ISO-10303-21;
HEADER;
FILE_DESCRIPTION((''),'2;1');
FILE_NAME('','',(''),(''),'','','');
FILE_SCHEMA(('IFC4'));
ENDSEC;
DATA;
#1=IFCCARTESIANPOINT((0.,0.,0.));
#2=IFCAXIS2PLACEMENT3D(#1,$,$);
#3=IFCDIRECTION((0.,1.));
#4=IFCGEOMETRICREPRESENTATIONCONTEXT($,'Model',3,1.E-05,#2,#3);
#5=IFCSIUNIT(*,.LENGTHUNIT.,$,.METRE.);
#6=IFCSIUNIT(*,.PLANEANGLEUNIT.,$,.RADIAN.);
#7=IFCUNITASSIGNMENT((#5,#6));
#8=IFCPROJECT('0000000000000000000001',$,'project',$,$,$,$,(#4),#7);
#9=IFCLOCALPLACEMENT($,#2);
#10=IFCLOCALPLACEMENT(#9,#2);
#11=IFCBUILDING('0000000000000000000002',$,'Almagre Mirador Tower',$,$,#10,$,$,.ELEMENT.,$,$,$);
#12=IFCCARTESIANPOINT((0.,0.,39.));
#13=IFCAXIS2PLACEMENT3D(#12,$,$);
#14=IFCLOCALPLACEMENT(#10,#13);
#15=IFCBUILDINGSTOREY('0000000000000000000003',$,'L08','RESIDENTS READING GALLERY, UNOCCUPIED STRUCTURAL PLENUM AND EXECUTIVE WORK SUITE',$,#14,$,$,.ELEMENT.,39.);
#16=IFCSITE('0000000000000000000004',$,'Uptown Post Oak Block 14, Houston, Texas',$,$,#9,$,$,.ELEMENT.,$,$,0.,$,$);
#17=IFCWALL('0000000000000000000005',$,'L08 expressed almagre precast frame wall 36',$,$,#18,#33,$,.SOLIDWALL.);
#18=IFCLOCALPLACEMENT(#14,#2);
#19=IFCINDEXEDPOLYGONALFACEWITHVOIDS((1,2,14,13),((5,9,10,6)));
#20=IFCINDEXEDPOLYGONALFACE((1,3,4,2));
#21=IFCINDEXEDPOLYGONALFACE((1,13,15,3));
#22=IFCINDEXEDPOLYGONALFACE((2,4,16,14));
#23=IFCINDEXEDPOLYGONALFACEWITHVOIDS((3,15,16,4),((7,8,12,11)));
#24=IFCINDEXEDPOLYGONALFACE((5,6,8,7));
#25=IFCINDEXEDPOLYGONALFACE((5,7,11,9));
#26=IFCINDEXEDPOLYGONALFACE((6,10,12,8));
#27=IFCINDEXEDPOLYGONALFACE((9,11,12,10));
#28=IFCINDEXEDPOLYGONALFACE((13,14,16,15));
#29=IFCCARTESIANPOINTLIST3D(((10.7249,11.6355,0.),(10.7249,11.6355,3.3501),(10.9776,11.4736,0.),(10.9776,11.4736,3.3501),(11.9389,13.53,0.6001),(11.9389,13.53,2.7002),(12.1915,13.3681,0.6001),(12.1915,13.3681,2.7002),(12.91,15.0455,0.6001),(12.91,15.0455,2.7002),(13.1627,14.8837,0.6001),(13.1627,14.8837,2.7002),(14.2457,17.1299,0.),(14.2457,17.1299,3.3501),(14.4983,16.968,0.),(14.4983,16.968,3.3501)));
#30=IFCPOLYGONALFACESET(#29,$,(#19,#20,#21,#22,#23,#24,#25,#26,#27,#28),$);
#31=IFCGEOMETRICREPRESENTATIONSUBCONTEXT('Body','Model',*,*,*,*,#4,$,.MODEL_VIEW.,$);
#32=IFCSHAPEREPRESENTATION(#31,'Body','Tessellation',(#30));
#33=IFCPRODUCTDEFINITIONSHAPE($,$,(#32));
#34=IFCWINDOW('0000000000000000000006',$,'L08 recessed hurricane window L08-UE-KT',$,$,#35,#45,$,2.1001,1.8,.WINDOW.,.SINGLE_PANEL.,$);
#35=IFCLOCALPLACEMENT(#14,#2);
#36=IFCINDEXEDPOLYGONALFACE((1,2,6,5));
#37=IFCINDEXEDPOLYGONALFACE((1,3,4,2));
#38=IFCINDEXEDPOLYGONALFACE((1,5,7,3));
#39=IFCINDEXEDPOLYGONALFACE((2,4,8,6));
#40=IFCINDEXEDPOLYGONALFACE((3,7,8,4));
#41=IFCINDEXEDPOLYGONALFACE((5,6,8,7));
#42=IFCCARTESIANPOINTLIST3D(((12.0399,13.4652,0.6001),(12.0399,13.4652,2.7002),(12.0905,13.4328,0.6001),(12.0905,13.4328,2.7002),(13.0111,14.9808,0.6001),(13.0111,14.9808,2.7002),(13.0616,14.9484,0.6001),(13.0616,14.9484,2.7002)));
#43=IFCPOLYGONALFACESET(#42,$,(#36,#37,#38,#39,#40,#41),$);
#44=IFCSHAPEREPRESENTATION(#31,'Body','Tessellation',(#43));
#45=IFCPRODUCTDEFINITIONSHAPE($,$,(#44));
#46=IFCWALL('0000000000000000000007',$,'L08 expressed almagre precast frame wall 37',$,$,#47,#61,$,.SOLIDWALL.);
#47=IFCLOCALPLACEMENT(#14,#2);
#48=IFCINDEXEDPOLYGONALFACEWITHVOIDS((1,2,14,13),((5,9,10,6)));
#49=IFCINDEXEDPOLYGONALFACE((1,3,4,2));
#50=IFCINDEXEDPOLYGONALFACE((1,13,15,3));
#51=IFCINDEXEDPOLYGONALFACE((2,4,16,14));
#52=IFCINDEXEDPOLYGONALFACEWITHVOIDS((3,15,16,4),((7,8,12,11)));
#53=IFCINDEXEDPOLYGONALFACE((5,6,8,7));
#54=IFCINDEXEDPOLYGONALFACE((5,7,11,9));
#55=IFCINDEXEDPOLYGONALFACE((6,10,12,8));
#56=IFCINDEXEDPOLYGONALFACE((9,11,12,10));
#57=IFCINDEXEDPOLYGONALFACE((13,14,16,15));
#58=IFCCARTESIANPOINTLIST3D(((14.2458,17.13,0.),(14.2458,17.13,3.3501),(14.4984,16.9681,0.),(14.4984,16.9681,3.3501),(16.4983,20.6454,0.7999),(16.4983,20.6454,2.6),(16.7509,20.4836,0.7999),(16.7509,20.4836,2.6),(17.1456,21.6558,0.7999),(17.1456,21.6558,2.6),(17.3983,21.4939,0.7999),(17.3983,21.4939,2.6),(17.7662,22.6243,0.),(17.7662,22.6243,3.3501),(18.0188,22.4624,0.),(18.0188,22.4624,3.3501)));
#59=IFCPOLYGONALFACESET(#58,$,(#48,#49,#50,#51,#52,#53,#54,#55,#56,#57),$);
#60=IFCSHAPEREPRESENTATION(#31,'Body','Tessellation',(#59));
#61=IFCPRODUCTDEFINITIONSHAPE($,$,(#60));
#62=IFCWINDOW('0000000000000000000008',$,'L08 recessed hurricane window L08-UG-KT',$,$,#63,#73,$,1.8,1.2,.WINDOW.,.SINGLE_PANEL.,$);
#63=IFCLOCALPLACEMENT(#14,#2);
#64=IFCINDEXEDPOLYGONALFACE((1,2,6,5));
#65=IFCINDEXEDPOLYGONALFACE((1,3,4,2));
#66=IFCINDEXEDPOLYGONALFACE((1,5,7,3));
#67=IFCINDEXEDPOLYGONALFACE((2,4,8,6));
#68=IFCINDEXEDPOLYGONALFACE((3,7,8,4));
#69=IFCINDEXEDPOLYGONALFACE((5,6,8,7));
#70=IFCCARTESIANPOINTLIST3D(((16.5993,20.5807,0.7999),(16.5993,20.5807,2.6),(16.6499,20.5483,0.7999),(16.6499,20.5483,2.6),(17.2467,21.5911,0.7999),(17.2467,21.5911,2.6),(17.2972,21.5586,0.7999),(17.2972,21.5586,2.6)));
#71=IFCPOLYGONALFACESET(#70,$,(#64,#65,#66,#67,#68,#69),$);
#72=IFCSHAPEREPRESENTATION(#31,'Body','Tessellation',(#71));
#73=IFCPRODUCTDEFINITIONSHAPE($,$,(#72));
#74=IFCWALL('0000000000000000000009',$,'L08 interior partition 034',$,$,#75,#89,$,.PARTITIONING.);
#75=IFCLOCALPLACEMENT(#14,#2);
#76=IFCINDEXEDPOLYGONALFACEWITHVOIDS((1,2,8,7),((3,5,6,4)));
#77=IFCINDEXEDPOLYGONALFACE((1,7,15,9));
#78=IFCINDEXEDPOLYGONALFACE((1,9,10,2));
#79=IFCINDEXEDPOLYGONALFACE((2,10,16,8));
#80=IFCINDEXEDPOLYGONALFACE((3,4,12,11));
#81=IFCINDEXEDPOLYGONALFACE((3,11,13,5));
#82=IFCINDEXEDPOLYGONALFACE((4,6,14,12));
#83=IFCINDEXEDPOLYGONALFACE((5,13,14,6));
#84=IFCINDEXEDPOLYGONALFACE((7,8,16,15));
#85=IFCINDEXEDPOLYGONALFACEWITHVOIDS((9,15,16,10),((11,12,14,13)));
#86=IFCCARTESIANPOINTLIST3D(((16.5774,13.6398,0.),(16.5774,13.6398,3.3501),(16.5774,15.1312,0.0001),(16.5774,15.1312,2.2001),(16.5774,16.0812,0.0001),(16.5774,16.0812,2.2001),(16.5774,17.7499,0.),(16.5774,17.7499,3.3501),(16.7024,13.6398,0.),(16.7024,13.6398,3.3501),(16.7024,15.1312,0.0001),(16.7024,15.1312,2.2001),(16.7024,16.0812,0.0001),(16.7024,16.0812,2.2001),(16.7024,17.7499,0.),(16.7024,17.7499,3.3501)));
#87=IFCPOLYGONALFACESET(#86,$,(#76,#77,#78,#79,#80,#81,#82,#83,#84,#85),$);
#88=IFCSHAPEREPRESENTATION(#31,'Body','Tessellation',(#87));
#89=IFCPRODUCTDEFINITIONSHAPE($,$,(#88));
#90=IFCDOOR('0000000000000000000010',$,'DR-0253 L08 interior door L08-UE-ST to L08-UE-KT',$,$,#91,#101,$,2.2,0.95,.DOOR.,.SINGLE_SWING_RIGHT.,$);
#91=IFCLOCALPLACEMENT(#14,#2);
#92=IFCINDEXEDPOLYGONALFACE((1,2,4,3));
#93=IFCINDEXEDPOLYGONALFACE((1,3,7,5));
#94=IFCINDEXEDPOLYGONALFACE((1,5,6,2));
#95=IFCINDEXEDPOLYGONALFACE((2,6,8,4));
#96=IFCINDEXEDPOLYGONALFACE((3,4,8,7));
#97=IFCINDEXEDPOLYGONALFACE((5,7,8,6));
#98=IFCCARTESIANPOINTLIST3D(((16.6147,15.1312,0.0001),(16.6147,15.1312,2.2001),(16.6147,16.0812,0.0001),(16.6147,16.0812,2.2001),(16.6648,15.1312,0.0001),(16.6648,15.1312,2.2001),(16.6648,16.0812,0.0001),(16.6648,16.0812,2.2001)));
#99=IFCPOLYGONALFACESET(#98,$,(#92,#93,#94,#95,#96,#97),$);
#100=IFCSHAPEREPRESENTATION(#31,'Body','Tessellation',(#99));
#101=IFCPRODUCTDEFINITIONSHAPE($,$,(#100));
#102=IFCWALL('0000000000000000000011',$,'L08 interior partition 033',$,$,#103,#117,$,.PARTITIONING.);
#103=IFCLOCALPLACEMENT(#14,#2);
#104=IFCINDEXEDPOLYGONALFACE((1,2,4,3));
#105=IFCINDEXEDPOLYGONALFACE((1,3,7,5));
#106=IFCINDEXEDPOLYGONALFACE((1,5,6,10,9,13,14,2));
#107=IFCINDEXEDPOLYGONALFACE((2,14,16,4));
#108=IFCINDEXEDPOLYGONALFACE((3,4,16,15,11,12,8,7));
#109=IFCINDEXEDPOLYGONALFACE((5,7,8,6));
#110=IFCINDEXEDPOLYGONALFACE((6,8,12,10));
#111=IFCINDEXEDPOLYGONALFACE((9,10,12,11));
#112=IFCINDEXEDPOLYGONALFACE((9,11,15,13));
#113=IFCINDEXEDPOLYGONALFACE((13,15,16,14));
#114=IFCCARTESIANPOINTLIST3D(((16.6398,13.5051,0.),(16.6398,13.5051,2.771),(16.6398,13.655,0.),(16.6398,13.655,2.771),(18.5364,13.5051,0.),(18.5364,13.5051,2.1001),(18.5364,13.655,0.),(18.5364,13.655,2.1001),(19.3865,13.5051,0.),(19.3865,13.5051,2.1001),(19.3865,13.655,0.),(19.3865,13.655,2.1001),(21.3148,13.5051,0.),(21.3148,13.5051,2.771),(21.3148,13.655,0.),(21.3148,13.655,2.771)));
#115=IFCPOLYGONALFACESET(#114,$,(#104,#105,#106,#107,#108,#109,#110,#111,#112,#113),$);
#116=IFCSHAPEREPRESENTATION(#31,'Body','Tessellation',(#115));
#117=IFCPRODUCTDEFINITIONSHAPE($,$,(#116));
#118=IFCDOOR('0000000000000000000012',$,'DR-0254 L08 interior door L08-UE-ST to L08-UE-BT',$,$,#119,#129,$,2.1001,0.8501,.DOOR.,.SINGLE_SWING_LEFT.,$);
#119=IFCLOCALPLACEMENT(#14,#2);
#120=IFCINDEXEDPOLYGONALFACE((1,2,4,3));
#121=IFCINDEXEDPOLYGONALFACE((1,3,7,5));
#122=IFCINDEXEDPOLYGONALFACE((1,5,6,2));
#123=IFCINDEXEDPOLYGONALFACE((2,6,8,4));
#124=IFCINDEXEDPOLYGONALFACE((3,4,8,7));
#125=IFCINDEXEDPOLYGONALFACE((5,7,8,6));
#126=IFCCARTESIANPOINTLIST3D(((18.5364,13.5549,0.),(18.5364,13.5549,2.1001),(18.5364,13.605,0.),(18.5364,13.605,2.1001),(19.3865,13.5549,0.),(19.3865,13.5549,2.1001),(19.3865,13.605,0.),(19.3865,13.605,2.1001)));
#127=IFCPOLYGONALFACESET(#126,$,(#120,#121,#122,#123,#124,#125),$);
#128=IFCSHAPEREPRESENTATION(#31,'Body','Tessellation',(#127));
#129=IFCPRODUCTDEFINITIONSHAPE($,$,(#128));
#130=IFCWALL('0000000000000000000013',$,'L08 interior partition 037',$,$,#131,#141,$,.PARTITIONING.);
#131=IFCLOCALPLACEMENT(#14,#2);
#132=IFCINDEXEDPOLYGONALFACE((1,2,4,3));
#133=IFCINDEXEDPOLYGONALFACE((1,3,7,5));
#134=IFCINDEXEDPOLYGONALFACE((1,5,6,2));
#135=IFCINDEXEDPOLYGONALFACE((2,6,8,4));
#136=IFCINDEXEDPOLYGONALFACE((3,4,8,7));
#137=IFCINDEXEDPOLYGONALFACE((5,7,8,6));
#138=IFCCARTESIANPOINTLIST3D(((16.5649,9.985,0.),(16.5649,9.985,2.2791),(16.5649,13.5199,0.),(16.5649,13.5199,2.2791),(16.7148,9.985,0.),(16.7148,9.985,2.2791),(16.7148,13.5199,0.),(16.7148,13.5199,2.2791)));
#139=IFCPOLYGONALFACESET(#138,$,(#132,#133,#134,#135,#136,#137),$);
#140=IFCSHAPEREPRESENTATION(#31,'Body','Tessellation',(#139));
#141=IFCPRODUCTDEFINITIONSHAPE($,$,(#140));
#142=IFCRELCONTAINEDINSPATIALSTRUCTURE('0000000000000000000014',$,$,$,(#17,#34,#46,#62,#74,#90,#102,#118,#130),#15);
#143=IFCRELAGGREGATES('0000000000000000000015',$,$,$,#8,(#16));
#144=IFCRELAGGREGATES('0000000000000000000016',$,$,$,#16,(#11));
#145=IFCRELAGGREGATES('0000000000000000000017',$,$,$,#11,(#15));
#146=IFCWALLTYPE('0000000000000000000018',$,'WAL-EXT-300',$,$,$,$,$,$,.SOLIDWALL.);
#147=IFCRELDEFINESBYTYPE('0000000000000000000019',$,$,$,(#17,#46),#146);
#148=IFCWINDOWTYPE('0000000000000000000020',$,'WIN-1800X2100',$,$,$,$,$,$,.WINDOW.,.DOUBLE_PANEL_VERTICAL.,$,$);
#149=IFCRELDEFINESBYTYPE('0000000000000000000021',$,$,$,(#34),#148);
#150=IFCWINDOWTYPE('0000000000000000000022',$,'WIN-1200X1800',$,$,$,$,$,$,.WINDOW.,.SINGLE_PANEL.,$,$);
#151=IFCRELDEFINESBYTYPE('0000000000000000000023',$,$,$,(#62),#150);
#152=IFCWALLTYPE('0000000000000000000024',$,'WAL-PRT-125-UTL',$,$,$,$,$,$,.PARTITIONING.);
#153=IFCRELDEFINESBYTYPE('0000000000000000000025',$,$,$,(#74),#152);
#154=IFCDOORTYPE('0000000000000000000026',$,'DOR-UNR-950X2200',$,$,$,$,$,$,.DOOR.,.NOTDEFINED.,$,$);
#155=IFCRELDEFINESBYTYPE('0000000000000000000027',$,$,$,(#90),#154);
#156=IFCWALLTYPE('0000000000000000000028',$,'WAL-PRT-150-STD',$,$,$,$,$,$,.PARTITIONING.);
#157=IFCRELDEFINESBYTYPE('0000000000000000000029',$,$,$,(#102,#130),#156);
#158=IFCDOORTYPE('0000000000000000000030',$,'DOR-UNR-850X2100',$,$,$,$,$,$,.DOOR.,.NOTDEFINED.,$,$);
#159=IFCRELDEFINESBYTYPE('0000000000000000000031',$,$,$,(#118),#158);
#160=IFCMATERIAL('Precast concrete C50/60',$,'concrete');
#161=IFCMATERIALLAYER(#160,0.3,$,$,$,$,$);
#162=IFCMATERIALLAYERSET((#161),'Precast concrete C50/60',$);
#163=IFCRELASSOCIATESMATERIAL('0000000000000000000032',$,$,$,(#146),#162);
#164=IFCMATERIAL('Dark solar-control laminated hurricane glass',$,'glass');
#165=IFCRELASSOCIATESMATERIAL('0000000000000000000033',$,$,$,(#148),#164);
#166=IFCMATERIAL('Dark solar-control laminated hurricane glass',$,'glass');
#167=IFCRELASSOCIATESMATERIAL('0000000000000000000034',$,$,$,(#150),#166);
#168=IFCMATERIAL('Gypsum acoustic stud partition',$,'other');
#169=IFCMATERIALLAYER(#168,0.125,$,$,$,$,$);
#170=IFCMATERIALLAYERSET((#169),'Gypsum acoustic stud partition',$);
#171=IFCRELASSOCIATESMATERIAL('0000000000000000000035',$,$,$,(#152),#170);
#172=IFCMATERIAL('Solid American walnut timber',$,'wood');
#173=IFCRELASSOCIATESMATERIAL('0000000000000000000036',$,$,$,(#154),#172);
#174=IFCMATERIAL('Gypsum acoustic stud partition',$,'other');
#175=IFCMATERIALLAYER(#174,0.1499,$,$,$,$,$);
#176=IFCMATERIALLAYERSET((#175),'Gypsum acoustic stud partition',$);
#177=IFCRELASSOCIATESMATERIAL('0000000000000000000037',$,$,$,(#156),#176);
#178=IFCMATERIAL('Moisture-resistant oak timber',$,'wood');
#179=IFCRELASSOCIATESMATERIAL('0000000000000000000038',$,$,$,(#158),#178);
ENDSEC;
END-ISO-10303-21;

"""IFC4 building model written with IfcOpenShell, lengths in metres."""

from ifc_helpers import new_model, si_unit, direction, frame, frame_2d, origin, place, context, subcontext, project, spatial, rectangle, extrude, material, layer, layer_set, type_object, element, fill, save


model = new_model("IFC4")

# Units and contexts
model_context = context("Model", 3, precision=1e-05, world=origin(), true_north=direction((0.0, 1.0)))
body_context = subcontext(model_context, "Body", "Model", "MODEL_VIEW")
ifc_project = project(units=[si_unit("LENGTHUNIT", "METRE"), si_unit("PLANEANGLEUNIT", "RADIAN")], contexts=[model_context])

# Site, building, storey
site_placement = place(None, origin())
site = spatial("IfcSite", under=ifc_project, at=site_placement, Name="Uptown Post Oak Block 14, Houston, Texas", CompositionType="ELEMENT", RefElevation=0.0)
building_placement = place(site_placement, origin())
building = spatial("IfcBuilding", under=site, at=building_placement, Name="Almagre Mirador Tower", CompositionType="ELEMENT")
storey_placement = place(building_placement, frame((0.0, 0.0, 39.0)))
storey = spatial("IfcBuildingStorey", under=building, at=storey_placement, Name="L08", Description="RESIDENTS READING GALLERY, UNOCCUPIED STRUCTURAL PLENUM AND EXECUTIVE WORK SUITE", CompositionType="ELEMENT", Elevation=39.0)

# Walls, openings, windows
ifc_material_1 = material(Name="Precast concrete C50/60", Category="concrete")
ifc_layer_1 = layer(ifc_material_1, 0.3)
ifc_layer_set_1 = layer_set([ifc_layer_1], Name="Precast concrete C50/60")
wall_type_1 = type_object("IfcWallType", Name="WAL-EXT-300", PredefinedType="SOLIDWALL", material=ifc_layer_set_1)
wall_1_placement = place(storey_placement, frame((10.8513, 11.5547, 0.0), z_axis=(0.0, 0.0, 1.0), x_axis=(0.539526, 0.841969, 0.0)))
wall_1 = element("IfcWall", 1, at=wall_1_placement, inside=storey, type_object=wall_type_1, Name="L08 expressed almagre precast frame wall 36", PredefinedType="SOLIDWALL", context=body_context, shape_type="SweptSolid", body=[
    extrude(rectangle(XDim=6.5256, YDim=0.3, at=frame_2d((3.2627, 0.0))), origin(), (0.0, 0.0, 1.0), 3.3501),
])
opening_1_placement = place(wall_1_placement, frame((2.25, 0.0, 0.6001)))
opening_1 = element("IfcOpeningElement", 2, at=opening_1_placement, cuts=wall_1, PredefinedType="OPENING", context=body_context, shape_type="SweptSolid", body=[
    extrude(rectangle(XDim=1.8, YDim=2.1001, at=frame_2d((0.8999, 1.05))), frame((0.0, 0.1599, 0.0), z_axis=(0.0, -1.0, 0.0), x_axis=(1.0, 0.0, 0.0)), (0.0, 0.0, 1.0), 0.32),
])
ifc_material_2 = material(Name="Dark solar-control laminated hurricane glass", Category="glass")
window_type_1 = type_object("IfcWindowType", Name="WIN-1800X2100", PartitioningType="DOUBLE_PANEL_VERTICAL", PredefinedType="WINDOW", material=ifc_material_2)
window_1_placement = place(opening_1_placement, origin())
window_1 = element("IfcWindow", 3, at=window_1_placement, inside=storey, type_object=window_type_1, Name="L08 recessed hurricane window L08-UE-KT", OverallHeight=2.1001, OverallWidth=1.8, PartitioningType="SINGLE_PANEL", PredefinedType="WINDOW", context=body_context, shape_type="SweptSolid", body=[
    extrude(rectangle(XDim=1.8, YDim=2.1001, at=frame_2d((0.8999, 1.05))), frame((0.0, 0.03, 0.0), z_axis=(0.0, -1.0, 0.0), x_axis=(1.0, 0.0, 0.0)), (0.0, 0.0, 1.0), 0.0601),
])
fill(opening_1, window_1)
wall_2_placement = place(storey_placement, frame((14.3721, 17.0491, 0.0), z_axis=(0.0, 0.0, 1.0), x_axis=(0.5395, 0.841986, 0.0)))
wall_2 = element("IfcWall", 4, at=wall_2_placement, inside=storey, type_object=wall_type_1, Name="L08 expressed almagre precast frame wall 37", PredefinedType="SOLIDWALL", context=body_context, shape_type="SweptSolid", body=[
    extrude(rectangle(XDim=6.5254, YDim=0.3, at=frame_2d((3.2627, 0.0))), origin(), (0.0, 0.0, 1.0), 3.3501),
])
opening_2_placement = place(wall_2_placement, frame((4.175, 0.0, 0.8)))
opening_2 = element("IfcOpeningElement", 5, at=opening_2_placement, cuts=wall_2, PredefinedType="OPENING", context=body_context, shape_type="SweptSolid", body=[
    extrude(rectangle(XDim=1.2, YDim=1.8, at=frame_2d((0.6001, 0.8999))), frame((0.0, 0.1599, 0.0), z_axis=(0.0, -1.0, 0.0), x_axis=(1.0, 0.0, 0.0)), (0.0, 0.0, 1.0), 0.32),
])
ifc_material_3 = material(Name="Dark solar-control laminated hurricane glass", Category="glass")
window_type_2 = type_object("IfcWindowType", Name="WIN-1200X1800", PartitioningType="SINGLE_PANEL", PredefinedType="WINDOW", material=ifc_material_3)
window_2_placement = place(opening_2_placement, origin())
window_2 = element("IfcWindow", 6, at=window_2_placement, inside=storey, type_object=window_type_2, Name="L08 recessed hurricane window L08-UG-KT", OverallHeight=1.8, OverallWidth=1.2, PartitioningType="SINGLE_PANEL", PredefinedType="WINDOW", context=body_context, shape_type="SweptSolid", body=[
    extrude(rectangle(XDim=1.2, YDim=1.8, at=frame_2d((0.6001, 0.8999))), frame((0.0, 0.03, 0.0), z_axis=(0.0, -1.0, 0.0), x_axis=(1.0, 0.0, 0.0)), (0.0, 0.0, 1.0), 0.0601),
])
fill(opening_2, window_2)

# Walls, openings, doors
ifc_material_4 = material(Name="Gypsum acoustic stud partition", Category="other")
ifc_layer_2 = layer(ifc_material_4, 0.125)
ifc_layer_set_2 = layer_set([ifc_layer_2], Name="Gypsum acoustic stud partition")
wall_type_2 = type_object("IfcWallType", Name="WAL-PRT-125-UTL", PredefinedType="PARTITIONING", material=ifc_layer_set_2)
wall_3_placement = place(storey_placement, frame((16.6399, 17.75, 0.0), z_axis=(0.0, 0.0, 1.0), x_axis=(0.0, -1.0, 0.0)))
wall_3 = element("IfcWall", 7, at=wall_3_placement, inside=storey, type_object=wall_type_2, Name="L08 interior partition 034", PredefinedType="PARTITIONING", context=body_context, shape_type="SweptSolid", body=[
    extrude(rectangle(XDim=4.1101, YDim=0.125, at=frame_2d((2.0552, 0.0))), origin(), (0.0, 0.0, 1.0), 3.3501),
])
opening_3_placement = place(wall_3_placement, frame((1.6687, 0.0, 0.0)))
opening_3 = element("IfcOpeningElement", 8, at=opening_3_placement, cuts=wall_3, PredefinedType="OPENING", context=body_context, shape_type="SweptSolid", body=[
    extrude(rectangle(XDim=0.95, YDim=2.2, at=frame_2d((0.4751, 1.1001))), frame((0.0, 0.0725, 0.0), z_axis=(0.0, -1.0, 0.0), x_axis=(1.0, 0.0, 0.0)), (0.0, 0.0, 1.0), 0.145),
])
ifc_material_5 = material(Name="Solid American walnut timber", Category="wood")
door_type_1 = type_object("IfcDoorType", Name="DOR-UNR-950X2200", OperationType="NOTDEFINED", PredefinedType="DOOR", material=ifc_material_5)
door_1_placement = place(opening_3_placement, origin())
door_1 = element("IfcDoor", 9, at=door_1_placement, inside=storey, type_object=door_type_1, Name="DR-0253 L08 interior door L08-UE-ST to L08-UE-KT", OperationType="SINGLE_SWING_RIGHT", OverallHeight=2.2, OverallWidth=0.95, PredefinedType="DOOR", context=body_context, shape_type="SweptSolid", body=[
    extrude(rectangle(XDim=0.95, YDim=2.2, at=frame_2d((0.4751, 1.1001))), frame((0.0, 0.0249, 0.0), z_axis=(0.0, -1.0, 0.0), x_axis=(1.0, 0.0, 0.0)), (0.0, 0.0, 1.0), 0.05),
])
fill(opening_3, door_1)
ifc_material_6 = material(Name="Gypsum acoustic stud partition", Category="other")
ifc_layer_3 = layer(ifc_material_6, 0.1499)
ifc_layer_set_3 = layer_set([ifc_layer_3], Name="Gypsum acoustic stud partition")
wall_type_3 = type_object("IfcWallType", Name="WAL-PRT-150-STD", PredefinedType="PARTITIONING", material=ifc_layer_set_3)
wall_4_placement = place(storey_placement, frame((16.6399, 13.5801, 0.0), z_axis=(0.0, 0.0, 1.0), x_axis=(1.0, 0.0, 0.0)))
wall_4 = element("IfcWall", 10, at=wall_4_placement, inside=storey, type_object=wall_type_3, Name="L08 interior partition 033", PredefinedType="PARTITIONING", context=body_context, shape_type="SweptSolid", body=[
    extrude(rectangle(XDim=4.675, YDim=0.1499, at=frame_2d((2.3374, 0.0))), origin(), (0.0, 0.0, 1.0), 2.771),
])
opening_4_placement = place(wall_4_placement, frame((1.8965, 0.0, 0.0)))
opening_4 = element("IfcOpeningElement", 11, at=opening_4_placement, cuts=wall_4, PredefinedType="OPENING", context=body_context, shape_type="SweptSolid", body=[
    extrude(rectangle(XDim=0.8501, YDim=2.1001, at=frame_2d((0.425, 1.05))), frame((0.0, 0.085, 0.0), z_axis=(0.0, -1.0, 0.0), x_axis=(1.0, 0.0, 0.0)), (0.0, 0.0, 1.0), 0.1699),
])
ifc_material_7 = material(Name="Moisture-resistant oak timber", Category="wood")
door_type_2 = type_object("IfcDoorType", Name="DOR-UNR-850X2100", OperationType="NOTDEFINED", PredefinedType="DOOR", material=ifc_material_7)
door_2_placement = place(opening_4_placement, origin())
door_2 = element("IfcDoor", 12, at=door_2_placement, inside=storey, type_object=door_type_2, Name="DR-0254 L08 interior door L08-UE-ST to L08-UE-BT", OperationType="SINGLE_SWING_LEFT", OverallHeight=2.1001, OverallWidth=0.8501, PredefinedType="DOOR", context=body_context, shape_type="SweptSolid", body=[
    extrude(rectangle(XDim=0.8501, YDim=2.1001, at=frame_2d((0.425, 1.05))), frame((0.0, 0.0249, 0.0), z_axis=(0.0, -1.0, 0.0), x_axis=(1.0, 0.0, 0.0)), (0.0, 0.0, 1.0), 0.05),
])
fill(opening_4, door_2)

# Wall
wall_5_placement = place(storey_placement, frame((16.6399, 13.52, 0.0), z_axis=(0.0, 0.0, 1.0), x_axis=(0.0, -1.0, 0.0)))
element("IfcWall", 13, at=wall_5_placement, inside=storey, type_object=wall_type_3, Name="L08 interior partition 037", PredefinedType="PARTITIONING", context=body_context, shape_type="SweptSolid", body=[
    extrude(rectangle(XDim=3.5349, YDim=0.1499, at=frame_2d((1.7676, 0.0))), origin(), (0.0, 0.0, 1.0), 2.2791),
])

save(model, "model.ifc")
